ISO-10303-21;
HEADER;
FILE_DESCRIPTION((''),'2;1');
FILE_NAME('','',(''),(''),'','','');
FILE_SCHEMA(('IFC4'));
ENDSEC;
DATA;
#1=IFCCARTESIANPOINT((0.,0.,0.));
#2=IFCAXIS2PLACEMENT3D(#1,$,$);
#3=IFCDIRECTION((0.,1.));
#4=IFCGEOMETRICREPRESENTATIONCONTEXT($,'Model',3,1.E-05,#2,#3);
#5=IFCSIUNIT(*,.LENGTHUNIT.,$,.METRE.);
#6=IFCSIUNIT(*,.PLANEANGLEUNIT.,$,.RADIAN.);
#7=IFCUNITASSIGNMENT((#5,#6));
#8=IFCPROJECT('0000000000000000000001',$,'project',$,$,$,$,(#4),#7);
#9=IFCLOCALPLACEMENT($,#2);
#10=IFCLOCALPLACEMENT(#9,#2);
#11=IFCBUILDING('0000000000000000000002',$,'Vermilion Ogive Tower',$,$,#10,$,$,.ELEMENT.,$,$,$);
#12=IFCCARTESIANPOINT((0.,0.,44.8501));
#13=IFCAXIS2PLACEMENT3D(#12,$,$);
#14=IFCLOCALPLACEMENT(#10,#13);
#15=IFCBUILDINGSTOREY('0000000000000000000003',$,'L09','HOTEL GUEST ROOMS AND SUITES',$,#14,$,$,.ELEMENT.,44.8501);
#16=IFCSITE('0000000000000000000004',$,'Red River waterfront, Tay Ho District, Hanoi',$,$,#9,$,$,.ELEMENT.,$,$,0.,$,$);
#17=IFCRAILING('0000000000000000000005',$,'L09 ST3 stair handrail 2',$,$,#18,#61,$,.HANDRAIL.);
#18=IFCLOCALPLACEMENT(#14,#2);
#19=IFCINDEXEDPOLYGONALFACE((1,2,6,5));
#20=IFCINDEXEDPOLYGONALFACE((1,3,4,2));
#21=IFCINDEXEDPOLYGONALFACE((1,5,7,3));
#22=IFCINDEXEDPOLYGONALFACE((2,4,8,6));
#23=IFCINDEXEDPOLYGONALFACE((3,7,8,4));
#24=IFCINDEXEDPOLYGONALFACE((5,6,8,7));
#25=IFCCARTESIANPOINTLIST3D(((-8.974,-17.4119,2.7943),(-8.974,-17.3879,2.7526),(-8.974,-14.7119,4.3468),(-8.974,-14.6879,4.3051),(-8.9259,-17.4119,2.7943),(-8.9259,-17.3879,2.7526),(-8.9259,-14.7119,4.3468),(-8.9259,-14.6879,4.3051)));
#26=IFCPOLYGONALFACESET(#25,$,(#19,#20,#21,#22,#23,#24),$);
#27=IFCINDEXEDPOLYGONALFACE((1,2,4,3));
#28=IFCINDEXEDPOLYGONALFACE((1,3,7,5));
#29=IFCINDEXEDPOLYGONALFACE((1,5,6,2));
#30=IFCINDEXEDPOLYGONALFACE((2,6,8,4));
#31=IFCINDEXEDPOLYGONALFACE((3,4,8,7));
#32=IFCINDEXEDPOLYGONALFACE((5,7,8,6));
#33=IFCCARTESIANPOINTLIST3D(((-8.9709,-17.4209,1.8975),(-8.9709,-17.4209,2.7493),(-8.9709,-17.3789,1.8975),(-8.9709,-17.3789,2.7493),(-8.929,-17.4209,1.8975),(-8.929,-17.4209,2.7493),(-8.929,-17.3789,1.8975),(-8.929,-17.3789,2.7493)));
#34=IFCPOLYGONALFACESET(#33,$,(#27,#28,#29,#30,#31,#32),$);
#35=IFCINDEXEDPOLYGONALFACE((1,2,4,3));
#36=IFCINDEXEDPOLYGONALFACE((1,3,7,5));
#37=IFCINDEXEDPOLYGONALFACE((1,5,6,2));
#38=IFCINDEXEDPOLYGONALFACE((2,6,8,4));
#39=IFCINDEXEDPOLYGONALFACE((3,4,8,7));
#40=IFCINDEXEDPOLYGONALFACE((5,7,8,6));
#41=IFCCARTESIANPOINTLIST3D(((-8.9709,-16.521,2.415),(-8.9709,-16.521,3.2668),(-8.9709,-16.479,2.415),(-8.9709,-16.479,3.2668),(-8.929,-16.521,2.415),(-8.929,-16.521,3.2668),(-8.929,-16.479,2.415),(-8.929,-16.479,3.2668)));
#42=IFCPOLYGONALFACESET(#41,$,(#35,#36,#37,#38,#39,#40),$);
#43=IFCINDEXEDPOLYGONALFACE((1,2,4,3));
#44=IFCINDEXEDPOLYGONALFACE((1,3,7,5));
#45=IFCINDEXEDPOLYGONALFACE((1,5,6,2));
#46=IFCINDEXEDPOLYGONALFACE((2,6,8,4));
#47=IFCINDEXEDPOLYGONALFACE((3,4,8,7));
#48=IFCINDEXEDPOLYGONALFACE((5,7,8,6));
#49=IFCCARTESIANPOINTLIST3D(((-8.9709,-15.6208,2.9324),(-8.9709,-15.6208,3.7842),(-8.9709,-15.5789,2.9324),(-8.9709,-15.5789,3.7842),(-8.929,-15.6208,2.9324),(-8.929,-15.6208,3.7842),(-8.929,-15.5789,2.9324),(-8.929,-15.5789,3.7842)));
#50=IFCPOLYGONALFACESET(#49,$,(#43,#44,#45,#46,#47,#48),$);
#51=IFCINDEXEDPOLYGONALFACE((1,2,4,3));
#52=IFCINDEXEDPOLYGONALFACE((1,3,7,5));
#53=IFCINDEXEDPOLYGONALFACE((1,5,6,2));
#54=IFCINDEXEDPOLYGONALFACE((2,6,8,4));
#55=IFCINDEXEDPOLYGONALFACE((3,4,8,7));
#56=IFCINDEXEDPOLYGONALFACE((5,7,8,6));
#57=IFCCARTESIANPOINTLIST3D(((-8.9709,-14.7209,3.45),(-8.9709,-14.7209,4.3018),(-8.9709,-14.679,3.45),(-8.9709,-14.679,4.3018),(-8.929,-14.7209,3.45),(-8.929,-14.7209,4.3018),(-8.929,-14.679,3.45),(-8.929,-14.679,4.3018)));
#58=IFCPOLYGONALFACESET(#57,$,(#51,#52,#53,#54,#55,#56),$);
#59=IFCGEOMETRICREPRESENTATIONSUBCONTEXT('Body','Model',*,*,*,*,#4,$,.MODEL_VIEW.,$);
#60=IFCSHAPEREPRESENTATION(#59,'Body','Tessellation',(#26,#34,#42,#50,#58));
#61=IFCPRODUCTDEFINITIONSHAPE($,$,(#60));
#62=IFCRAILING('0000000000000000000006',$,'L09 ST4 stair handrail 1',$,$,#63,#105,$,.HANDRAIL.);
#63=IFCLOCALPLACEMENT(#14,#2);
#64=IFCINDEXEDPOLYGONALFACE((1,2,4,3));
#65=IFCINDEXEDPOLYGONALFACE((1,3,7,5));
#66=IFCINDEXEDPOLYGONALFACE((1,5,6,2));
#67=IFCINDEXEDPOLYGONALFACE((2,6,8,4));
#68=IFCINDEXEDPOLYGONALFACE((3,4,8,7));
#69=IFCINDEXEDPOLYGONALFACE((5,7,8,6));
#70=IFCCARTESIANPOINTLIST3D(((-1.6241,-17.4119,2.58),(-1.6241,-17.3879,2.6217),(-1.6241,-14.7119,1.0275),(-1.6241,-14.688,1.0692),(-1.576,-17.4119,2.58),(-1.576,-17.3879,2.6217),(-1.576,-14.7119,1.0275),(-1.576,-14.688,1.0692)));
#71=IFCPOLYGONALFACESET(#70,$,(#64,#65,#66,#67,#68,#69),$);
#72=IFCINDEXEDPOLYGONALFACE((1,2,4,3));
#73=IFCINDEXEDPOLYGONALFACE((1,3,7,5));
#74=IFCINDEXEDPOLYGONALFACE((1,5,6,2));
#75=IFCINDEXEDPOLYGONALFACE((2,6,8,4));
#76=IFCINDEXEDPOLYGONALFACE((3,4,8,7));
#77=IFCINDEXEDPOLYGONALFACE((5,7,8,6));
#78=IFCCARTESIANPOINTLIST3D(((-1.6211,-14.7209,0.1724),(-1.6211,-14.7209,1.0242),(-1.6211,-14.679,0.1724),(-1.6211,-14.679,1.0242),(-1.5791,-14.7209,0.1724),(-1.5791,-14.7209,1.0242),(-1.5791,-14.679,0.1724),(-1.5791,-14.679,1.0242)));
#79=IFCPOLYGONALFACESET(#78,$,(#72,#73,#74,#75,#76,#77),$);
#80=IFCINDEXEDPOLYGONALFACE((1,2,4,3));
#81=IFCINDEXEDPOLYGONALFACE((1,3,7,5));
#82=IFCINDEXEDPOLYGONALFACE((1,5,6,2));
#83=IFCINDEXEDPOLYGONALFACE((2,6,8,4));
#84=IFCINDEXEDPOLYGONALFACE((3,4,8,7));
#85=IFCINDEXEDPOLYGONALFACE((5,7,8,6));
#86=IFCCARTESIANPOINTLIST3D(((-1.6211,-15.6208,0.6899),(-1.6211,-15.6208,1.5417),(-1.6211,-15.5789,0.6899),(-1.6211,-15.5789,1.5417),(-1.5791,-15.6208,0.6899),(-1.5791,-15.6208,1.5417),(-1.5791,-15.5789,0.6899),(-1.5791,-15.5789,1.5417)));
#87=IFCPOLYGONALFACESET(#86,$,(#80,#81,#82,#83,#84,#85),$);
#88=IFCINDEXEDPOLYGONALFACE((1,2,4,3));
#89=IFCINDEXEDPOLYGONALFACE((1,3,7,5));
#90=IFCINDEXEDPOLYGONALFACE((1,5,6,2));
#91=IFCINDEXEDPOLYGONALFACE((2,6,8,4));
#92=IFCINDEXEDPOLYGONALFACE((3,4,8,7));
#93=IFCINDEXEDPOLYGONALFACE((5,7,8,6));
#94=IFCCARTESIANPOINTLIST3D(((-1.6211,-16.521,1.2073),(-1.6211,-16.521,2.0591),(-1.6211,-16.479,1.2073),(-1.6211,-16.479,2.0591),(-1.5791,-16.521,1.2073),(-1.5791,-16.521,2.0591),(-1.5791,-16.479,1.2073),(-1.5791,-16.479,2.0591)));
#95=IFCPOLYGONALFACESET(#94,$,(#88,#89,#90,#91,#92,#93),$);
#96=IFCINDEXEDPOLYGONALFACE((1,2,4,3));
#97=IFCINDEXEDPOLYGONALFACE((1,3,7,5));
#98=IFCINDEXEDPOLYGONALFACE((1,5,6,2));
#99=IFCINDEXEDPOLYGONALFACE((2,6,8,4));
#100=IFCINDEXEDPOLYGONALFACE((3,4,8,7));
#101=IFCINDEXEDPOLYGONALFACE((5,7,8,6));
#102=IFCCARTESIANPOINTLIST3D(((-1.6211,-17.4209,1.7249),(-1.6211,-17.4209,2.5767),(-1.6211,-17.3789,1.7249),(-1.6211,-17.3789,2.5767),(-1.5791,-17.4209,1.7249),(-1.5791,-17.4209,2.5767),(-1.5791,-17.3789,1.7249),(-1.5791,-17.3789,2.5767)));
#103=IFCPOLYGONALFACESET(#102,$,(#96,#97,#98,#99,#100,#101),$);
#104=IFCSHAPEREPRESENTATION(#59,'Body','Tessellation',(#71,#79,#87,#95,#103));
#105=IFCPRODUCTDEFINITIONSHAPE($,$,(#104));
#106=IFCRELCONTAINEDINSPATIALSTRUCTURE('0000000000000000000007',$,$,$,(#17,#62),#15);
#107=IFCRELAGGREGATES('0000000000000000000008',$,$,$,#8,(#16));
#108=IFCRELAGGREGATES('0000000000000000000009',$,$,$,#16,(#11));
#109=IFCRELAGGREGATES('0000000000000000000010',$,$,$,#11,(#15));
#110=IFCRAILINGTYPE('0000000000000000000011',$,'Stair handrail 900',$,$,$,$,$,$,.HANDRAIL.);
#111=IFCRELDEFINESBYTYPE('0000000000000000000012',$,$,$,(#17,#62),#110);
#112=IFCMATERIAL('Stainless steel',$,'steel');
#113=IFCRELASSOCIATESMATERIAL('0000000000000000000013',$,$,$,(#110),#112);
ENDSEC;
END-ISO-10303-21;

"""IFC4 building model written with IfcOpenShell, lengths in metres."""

from ifc_helpers import new_model, si_unit, direction, frame, origin, origin_2d, place, context, subcontext, project, spatial, rectangle, extrude, material, type_object, element, save


model = new_model("IFC4")

# Units and contexts
model_context = context("Model", 3, precision=1e-05, world=origin(), true_north=direction((0.0, 1.0)))
body_context = subcontext(model_context, "Body", "Model", "MODEL_VIEW")
ifc_project = project(units=[si_unit("LENGTHUNIT", "METRE"), si_unit("PLANEANGLEUNIT", "RADIAN")], contexts=[model_context])

# Site, building, storey
site_placement = place(None, origin())
site = spatial("IfcSite", under=ifc_project, at=site_placement, Name="Red River waterfront, Tay Ho District, Hanoi", CompositionType="ELEMENT", RefElevation=0.0)
building_placement = place(site_placement, origin())
building = spatial("IfcBuilding", under=site, at=building_placement, Name="Vermilion Ogive Tower", CompositionType="ELEMENT")
storey_placement = place(building_placement, frame((0.0, 0.0, 44.8501)))
storey = spatial("IfcBuildingStorey", under=building, at=storey_placement, Name="L09", Description="HOTEL GUEST ROOMS AND SUITES", CompositionType="ELEMENT", Elevation=44.8501)

# Railings
ifc_material_1 = material(Name="Stainless steel", Category="steel")
railing_type_1 = type_object("IfcRailingType", Name="Stair handrail 900", PredefinedType="HANDRAIL", material=ifc_material_1)
railing_1_placement = place(storey_placement, frame((-8.95, -17.3999, 1.8975)))
element("IfcRailing", 1, at=railing_1_placement, inside=storey, type_object=railing_type_1, Name="L09 ST3 stair handrail 2", PredefinedType="HANDRAIL", context=body_context, shape_type="SweptSolid", body=[
    extrude(rectangle(XDim=0.0481, YDim=0.0481, at=origin_2d()), frame((0.0, 0.0, 0.876), z_axis=(0.0, 0.866904, 0.498476), x_axis=(-1.0, 0.0, 0.0)), (0.0, 0.0, 1.0), 3.1145),
    extrude(rectangle(XDim=0.042, YDim=0.042, at=origin_2d()), origin(), (0.0, 0.0, 1.0), 0.8518),
    extrude(rectangle(XDim=0.042, YDim=0.042, at=origin_2d()), frame((0.0, 0.8999, 0.5176)), (0.0, 0.0, 1.0), 0.8518),
    extrude(rectangle(XDim=0.042, YDim=0.042, at=origin_2d()), frame((0.0, 1.8, 1.0349)), (0.0, 0.0, 1.0), 0.8518),
    extrude(rectangle(XDim=0.042, YDim=0.042, at=origin_2d()), frame((0.0, 2.7, 1.5525)), (0.0, 0.0, 1.0), 0.8518),
])
railing_2_placement = place(storey_placement, frame((-1.6001, -14.7, 0.1724)))
element("IfcRailing", 2, at=railing_2_placement, inside=storey, type_object=railing_type_1, Name="L09 ST4 stair handrail 1", PredefinedType="HANDRAIL", context=body_context, shape_type="SweptSolid", body=[
    extrude(rectangle(XDim=0.0481, YDim=0.0481, at=origin_2d()), frame((0.0, 0.0, 0.876), z_axis=(0.0, -0.866904, 0.498476), x_axis=(1.0, 0.0, 0.0)), (0.0, 0.0, 1.0), 3.1145),
    extrude(rectangle(XDim=0.042, YDim=0.042, at=origin_2d()), origin(), (0.0, 0.0, 1.0), 0.8518),
    extrude(rectangle(XDim=0.042, YDim=0.042, at=origin_2d()), frame((0.0, -0.8999, 0.5176)), (0.0, 0.0, 1.0), 0.8518),
    extrude(rectangle(XDim=0.042, YDim=0.042, at=origin_2d()), frame((0.0, -1.8, 1.0349)), (0.0, 0.0, 1.0), 0.8518),
    extrude(rectangle(XDim=0.042, YDim=0.042, at=origin_2d()), frame((0.0, -2.7, 1.5525)), (0.0, 0.0, 1.0), 0.8518),
])

save(model, "model.ifc")
